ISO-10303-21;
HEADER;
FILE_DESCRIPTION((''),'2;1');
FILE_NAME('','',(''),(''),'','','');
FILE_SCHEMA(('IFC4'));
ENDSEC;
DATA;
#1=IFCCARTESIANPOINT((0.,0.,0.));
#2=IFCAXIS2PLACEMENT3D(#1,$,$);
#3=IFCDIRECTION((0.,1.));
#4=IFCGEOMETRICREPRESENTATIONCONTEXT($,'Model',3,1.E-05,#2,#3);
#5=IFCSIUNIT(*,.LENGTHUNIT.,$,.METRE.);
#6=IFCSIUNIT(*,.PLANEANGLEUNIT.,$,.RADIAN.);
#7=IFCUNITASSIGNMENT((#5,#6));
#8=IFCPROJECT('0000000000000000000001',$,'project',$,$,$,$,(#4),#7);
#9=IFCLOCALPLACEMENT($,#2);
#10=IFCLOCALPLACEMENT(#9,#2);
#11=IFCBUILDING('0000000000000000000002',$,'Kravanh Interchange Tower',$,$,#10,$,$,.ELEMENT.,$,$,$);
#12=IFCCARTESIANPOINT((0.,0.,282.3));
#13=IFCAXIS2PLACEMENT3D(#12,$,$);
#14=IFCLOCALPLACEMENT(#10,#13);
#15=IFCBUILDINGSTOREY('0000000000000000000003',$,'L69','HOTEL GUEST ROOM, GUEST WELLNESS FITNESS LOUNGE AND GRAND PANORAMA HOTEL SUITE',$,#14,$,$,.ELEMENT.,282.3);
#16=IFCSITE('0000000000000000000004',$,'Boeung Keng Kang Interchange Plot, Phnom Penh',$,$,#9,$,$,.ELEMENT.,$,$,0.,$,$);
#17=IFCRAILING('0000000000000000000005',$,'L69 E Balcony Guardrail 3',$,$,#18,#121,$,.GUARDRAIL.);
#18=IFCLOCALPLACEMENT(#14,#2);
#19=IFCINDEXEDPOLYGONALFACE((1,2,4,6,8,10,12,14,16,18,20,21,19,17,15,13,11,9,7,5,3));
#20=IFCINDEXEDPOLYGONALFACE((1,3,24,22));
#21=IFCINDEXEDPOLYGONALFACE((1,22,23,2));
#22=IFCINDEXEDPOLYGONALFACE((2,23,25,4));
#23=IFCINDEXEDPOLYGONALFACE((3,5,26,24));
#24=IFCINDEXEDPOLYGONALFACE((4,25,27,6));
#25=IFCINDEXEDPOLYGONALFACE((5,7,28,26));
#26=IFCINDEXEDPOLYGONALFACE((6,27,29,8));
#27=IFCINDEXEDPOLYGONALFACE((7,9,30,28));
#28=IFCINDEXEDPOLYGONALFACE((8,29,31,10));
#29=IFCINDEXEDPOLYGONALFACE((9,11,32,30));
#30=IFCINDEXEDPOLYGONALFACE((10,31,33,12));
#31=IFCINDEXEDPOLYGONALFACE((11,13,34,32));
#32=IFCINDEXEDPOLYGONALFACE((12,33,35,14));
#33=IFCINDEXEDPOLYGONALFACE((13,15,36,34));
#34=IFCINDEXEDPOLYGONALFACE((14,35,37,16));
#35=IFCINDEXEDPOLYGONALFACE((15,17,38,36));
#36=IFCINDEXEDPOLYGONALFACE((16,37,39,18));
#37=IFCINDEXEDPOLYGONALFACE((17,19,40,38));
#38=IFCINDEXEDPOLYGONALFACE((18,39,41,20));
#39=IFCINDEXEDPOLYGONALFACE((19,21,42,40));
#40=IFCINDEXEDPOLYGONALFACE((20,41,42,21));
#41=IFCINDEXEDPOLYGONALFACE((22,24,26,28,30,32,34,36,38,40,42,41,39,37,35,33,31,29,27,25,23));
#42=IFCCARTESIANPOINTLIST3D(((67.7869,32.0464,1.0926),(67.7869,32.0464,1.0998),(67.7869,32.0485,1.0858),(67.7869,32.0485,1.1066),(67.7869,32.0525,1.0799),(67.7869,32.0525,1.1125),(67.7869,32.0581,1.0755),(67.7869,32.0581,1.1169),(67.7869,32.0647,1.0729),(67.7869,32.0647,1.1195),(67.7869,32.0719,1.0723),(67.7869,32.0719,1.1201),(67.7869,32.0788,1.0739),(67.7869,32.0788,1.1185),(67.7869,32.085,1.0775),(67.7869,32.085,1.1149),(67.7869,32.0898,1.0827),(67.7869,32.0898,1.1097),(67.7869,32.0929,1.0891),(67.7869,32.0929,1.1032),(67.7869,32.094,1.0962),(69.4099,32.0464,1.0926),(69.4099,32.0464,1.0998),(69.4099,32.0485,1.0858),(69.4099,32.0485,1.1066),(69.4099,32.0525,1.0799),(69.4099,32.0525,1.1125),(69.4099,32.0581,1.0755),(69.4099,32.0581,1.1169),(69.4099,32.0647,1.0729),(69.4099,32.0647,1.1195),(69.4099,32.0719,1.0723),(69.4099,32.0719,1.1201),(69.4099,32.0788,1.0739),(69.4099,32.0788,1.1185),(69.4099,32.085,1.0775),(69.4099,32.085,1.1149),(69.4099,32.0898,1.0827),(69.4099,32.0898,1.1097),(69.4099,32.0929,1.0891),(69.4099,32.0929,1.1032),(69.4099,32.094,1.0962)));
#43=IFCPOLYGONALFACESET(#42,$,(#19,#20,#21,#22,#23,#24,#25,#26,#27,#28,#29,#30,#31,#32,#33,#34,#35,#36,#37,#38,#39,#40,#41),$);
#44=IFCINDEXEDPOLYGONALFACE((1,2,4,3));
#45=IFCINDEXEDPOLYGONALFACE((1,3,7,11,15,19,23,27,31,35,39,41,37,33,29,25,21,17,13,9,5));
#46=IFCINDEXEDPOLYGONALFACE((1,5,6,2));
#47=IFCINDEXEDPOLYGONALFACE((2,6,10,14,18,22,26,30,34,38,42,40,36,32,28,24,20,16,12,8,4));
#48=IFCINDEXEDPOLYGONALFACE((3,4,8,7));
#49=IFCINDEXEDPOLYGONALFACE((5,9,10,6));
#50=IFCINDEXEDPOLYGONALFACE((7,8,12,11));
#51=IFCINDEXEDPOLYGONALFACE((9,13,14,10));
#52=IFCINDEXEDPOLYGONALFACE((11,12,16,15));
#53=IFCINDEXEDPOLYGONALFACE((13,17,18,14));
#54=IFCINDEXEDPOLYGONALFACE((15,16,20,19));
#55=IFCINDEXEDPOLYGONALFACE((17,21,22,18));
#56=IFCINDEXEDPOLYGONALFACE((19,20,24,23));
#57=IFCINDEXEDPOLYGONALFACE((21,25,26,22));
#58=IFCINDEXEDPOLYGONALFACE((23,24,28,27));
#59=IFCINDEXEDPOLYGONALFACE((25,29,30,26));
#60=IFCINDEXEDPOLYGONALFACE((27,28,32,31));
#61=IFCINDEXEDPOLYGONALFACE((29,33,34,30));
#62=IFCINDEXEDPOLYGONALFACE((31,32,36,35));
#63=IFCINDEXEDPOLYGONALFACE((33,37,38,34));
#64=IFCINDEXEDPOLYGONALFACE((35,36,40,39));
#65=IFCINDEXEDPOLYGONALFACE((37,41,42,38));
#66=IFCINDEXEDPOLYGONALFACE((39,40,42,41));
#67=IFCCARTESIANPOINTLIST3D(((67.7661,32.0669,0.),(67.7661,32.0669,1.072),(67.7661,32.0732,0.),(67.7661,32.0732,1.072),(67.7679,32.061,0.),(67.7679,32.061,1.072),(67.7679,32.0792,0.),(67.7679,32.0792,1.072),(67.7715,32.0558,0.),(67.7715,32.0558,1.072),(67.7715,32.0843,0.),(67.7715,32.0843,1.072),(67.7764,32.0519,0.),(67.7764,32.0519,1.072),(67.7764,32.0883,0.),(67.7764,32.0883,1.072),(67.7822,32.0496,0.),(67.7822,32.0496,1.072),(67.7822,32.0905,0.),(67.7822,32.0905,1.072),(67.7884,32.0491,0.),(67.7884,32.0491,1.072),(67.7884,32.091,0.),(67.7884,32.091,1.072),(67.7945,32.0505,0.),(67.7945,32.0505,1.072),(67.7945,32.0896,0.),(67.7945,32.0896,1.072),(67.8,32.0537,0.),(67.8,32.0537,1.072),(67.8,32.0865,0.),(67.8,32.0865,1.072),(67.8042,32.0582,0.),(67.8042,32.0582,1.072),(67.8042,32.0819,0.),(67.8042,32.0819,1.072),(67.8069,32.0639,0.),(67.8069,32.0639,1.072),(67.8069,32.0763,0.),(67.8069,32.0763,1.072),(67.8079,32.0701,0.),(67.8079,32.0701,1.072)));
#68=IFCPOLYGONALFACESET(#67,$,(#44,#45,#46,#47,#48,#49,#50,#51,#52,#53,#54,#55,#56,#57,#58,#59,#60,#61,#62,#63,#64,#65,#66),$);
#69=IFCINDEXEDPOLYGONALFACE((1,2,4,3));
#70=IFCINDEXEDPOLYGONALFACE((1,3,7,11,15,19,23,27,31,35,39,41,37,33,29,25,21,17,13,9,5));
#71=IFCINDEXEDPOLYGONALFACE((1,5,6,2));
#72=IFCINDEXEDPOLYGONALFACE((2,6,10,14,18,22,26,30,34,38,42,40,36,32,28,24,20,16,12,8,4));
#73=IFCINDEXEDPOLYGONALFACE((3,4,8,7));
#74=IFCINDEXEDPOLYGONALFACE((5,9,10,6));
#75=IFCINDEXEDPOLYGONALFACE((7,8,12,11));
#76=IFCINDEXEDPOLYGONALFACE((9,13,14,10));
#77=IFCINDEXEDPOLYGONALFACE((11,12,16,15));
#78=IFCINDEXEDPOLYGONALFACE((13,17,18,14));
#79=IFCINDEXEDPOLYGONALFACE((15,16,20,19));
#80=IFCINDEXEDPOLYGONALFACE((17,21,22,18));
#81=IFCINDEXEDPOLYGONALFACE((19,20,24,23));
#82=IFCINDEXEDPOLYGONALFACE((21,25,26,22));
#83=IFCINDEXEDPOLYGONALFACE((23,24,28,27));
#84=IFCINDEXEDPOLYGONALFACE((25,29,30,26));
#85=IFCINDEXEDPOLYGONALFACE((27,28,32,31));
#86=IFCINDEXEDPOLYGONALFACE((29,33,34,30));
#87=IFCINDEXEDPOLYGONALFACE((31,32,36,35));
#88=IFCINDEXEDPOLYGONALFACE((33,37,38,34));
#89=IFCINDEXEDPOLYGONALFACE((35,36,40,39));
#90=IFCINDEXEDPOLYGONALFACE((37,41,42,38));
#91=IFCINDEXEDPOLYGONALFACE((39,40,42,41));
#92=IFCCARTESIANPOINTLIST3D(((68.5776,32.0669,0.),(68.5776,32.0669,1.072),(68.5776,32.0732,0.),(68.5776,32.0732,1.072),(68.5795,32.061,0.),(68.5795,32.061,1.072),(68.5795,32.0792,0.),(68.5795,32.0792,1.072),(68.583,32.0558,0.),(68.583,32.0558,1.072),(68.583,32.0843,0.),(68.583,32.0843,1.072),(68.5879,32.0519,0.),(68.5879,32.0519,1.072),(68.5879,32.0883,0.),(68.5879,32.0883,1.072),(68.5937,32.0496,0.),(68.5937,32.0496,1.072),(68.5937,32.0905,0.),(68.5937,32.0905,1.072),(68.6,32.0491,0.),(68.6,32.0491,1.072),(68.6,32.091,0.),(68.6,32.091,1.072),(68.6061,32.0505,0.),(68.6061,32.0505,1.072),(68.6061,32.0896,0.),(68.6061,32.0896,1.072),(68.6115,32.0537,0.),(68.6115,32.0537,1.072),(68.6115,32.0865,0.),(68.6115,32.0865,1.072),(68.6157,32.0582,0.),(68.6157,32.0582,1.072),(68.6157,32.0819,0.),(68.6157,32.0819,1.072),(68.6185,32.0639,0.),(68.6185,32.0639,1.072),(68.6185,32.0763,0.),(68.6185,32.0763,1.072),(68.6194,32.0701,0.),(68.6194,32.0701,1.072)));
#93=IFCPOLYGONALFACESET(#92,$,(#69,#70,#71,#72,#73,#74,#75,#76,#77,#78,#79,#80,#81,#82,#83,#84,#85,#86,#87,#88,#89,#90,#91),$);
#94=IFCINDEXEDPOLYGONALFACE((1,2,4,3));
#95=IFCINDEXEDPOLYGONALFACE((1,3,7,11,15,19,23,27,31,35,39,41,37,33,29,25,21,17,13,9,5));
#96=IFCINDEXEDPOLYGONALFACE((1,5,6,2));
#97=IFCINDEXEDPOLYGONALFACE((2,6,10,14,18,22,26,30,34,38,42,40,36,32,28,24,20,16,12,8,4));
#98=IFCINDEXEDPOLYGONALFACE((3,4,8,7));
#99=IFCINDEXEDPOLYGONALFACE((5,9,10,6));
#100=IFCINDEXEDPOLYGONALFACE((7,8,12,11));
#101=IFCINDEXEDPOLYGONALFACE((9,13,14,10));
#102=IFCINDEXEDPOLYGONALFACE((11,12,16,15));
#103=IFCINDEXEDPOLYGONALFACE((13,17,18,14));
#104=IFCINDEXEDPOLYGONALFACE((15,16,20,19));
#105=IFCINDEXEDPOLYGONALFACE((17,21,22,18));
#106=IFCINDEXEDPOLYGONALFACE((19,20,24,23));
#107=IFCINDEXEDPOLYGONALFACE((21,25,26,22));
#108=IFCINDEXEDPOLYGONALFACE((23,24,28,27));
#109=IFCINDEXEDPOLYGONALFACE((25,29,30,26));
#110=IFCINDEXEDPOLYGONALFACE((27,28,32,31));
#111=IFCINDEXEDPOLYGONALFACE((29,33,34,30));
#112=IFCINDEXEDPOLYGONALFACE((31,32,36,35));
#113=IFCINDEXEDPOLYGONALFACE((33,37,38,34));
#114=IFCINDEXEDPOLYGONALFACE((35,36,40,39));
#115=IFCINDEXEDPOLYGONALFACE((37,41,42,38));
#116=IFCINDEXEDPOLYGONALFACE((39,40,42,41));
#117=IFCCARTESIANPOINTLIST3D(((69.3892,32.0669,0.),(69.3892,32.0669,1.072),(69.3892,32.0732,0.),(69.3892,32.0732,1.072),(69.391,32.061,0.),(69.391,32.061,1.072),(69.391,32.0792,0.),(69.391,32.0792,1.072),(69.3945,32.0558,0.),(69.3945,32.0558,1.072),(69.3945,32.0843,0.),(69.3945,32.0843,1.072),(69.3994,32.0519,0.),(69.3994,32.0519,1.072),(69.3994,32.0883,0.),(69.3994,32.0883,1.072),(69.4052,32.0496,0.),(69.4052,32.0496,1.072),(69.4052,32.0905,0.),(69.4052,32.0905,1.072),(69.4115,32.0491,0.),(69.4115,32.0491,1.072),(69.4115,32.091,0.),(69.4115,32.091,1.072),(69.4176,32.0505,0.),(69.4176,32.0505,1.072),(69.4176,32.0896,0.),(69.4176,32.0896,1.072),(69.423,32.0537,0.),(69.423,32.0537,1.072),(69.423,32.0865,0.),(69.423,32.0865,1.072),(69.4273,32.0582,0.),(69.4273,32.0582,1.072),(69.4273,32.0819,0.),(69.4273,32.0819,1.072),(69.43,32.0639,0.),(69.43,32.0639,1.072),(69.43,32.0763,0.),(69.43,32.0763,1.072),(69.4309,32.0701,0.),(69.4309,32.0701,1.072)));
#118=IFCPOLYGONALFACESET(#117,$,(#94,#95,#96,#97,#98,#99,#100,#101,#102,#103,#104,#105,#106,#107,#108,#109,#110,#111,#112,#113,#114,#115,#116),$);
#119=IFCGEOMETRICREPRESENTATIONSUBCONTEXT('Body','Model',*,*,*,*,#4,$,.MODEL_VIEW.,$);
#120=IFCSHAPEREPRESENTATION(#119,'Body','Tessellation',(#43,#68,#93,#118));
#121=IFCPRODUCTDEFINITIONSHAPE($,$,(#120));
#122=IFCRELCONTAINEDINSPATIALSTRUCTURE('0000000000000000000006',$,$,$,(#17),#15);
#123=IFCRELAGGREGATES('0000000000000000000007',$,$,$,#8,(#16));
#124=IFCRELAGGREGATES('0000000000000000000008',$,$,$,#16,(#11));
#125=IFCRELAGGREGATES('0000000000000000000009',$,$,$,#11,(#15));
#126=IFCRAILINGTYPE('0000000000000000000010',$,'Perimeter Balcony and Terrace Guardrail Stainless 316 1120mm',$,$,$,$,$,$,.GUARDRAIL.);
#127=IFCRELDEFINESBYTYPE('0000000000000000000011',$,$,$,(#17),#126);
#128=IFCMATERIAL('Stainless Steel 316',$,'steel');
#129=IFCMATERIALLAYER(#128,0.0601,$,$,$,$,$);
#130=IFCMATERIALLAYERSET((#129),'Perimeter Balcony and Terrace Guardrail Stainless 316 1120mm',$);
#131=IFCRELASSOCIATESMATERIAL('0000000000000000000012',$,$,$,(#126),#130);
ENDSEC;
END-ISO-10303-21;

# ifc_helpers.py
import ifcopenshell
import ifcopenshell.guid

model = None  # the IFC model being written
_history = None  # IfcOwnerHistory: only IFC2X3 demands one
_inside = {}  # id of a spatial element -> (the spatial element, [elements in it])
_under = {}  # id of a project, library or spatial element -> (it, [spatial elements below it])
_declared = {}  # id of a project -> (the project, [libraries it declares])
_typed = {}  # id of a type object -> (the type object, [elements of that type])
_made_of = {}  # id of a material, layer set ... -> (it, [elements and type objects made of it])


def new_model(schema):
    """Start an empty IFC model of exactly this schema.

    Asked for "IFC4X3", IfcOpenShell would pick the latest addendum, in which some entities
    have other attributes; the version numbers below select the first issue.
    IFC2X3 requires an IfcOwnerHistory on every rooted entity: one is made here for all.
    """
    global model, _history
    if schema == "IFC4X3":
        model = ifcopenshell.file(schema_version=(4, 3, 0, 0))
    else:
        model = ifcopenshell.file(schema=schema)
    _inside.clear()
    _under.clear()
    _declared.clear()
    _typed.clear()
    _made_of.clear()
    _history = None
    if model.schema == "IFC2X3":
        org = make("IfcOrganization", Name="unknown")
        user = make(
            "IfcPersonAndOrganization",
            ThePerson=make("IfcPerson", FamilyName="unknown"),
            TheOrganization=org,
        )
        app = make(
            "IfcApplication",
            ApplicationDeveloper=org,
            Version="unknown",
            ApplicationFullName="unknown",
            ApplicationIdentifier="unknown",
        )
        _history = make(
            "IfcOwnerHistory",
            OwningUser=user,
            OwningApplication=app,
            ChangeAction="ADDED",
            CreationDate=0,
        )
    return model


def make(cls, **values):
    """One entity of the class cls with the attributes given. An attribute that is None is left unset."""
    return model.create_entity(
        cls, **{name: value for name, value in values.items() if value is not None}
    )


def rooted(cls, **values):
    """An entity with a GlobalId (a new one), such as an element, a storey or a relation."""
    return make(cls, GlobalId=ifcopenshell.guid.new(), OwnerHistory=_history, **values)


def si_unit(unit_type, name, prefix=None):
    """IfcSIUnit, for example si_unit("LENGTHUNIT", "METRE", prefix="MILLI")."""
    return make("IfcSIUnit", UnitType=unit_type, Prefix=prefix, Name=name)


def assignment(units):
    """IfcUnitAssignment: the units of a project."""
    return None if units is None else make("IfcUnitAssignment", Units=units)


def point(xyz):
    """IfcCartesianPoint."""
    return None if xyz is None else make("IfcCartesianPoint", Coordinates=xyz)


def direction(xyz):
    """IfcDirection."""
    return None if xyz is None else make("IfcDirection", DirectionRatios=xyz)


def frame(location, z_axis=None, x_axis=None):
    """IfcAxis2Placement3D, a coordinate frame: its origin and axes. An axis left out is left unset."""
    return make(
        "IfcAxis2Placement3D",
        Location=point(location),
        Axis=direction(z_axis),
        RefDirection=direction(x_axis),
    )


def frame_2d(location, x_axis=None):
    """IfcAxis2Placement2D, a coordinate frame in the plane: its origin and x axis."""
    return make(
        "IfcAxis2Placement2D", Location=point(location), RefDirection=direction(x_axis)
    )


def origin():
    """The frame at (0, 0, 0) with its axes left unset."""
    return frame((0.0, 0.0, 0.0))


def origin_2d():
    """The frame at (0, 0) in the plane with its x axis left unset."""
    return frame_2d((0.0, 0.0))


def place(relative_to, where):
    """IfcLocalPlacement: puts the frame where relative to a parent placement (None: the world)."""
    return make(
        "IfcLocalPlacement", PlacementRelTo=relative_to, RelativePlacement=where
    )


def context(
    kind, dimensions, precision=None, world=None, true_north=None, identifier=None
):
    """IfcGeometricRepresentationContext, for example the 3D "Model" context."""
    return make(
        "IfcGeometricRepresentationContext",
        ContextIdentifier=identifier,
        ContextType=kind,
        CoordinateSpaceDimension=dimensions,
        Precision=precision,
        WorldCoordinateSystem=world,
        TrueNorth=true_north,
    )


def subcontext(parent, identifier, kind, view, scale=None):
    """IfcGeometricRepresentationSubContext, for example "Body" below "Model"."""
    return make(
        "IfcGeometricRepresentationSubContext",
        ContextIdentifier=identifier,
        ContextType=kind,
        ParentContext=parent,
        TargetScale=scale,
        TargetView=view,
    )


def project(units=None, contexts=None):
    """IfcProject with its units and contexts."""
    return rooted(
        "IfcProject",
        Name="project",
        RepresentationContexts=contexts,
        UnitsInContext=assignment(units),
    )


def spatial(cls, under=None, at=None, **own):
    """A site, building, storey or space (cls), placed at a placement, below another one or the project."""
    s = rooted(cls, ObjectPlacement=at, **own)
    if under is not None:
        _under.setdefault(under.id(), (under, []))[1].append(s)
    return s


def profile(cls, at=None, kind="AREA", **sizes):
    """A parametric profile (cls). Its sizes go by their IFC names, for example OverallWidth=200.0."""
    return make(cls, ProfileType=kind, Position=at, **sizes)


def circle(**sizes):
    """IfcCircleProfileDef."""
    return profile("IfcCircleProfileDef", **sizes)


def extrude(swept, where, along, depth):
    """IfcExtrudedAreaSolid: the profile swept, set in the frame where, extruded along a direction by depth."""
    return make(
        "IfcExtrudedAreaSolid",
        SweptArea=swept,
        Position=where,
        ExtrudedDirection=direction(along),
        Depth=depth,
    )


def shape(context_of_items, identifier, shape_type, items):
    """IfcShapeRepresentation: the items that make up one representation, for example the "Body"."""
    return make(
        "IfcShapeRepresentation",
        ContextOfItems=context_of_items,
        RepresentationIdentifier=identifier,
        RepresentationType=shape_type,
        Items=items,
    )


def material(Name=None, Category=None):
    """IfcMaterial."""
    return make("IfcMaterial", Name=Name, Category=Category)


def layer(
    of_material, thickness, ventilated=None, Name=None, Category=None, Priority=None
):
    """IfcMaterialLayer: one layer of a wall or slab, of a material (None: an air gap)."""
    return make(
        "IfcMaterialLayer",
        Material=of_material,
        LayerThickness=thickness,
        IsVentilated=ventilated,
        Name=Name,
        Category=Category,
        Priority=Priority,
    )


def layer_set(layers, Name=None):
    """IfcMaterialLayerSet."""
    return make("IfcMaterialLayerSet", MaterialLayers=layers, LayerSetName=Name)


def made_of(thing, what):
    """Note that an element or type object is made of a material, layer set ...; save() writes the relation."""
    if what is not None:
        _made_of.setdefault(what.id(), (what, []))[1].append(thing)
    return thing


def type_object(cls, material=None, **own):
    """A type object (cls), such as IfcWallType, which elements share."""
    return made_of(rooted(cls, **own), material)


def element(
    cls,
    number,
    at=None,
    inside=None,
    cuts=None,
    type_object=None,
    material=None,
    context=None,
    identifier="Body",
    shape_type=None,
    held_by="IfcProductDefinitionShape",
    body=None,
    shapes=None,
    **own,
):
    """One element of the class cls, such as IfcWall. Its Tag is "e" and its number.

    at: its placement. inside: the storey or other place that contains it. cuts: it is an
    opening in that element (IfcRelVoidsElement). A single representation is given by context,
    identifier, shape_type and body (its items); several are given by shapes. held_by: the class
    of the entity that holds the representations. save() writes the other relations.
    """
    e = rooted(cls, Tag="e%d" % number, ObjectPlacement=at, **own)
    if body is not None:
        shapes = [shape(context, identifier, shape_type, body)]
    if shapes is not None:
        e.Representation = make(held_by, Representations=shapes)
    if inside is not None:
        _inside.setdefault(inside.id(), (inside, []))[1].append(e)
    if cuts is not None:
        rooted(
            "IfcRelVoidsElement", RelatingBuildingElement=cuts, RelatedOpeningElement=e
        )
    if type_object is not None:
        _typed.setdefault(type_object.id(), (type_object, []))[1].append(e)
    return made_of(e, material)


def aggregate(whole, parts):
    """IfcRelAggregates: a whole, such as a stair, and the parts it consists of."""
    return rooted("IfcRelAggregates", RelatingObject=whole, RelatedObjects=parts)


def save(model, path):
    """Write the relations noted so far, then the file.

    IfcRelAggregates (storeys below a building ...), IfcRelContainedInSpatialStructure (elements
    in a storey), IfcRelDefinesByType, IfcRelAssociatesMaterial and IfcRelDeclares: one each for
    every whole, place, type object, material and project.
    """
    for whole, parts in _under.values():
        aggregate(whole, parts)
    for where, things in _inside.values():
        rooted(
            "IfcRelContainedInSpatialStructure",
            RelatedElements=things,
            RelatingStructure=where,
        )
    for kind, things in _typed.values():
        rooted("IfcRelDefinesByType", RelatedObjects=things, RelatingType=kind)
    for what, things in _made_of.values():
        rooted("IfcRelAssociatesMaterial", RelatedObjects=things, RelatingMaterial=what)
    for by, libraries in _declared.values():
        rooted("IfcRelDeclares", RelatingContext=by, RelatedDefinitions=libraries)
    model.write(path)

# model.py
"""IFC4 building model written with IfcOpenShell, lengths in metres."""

from ifc_helpers import new_model, si_unit, direction, frame, origin, origin_2d, place, context, subcontext, project, spatial, circle, extrude, material, layer, layer_set, type_object, element, save


model = new_model("IFC4")

# Units and contexts
model_context = context("Model", 3, precision=1e-05, world=origin(), true_north=direction((0.0, 1.0)))
body_context = subcontext(model_context, "Body", "Model", "MODEL_VIEW")
ifc_project = project(units=[si_unit("LENGTHUNIT", "METRE"), si_unit("PLANEANGLEUNIT", "RADIAN")], contexts=[model_context])

# Site, building, storey
site_placement = place(None, origin())
site = spatial("IfcSite", under=ifc_project, at=site_placement, Name="Boeung Keng Kang Interchange Plot, Phnom Penh", CompositionType="ELEMENT", RefElevation=0.0)
building_placement = place(site_placement, origin())
building = spatial("IfcBuilding", under=site, at=building_placement, Name="Kravanh Interchange Tower", CompositionType="ELEMENT")
storey_placement = place(building_placement, frame((0.0, 0.0, 282.3)))
storey = spatial("IfcBuildingStorey", under=building, at=storey_placement, Name="L69", Description="HOTEL GUEST ROOM, GUEST WELLNESS FITNESS LOUNGE AND GRAND PANORAMA HOTEL SUITE", CompositionType="ELEMENT", Elevation=282.3)

# Railing
ifc_material_1 = material(Name="Stainless Steel 316", Category="steel")
ifc_layer_1 = layer(ifc_material_1, 0.0601)
ifc_layer_set_1 = layer_set([ifc_layer_1], Name="Perimeter Balcony and Terrace Guardrail Stainless 316 1120mm")
railing_type_1 = type_object("IfcRailingType", Name="Perimeter Balcony and Terrace Guardrail Stainless 316 1120mm", PredefinedType="GUARDRAIL", material=ifc_layer_set_1)
railing_1_placement = place(storey_placement, frame((67.7869, 32.0701, 0.0)))
element("IfcRailing", 1, at=railing_1_placement, inside=storey, type_object=railing_type_1, Name="L69 E Balcony Guardrail 3", PredefinedType="GUARDRAIL", context=body_context, shape_type="SweptSolid", body=[
    extrude(circle(Radius=0.0239, at=origin_2d()), frame((0.0, 0.0, 1.0962), z_axis=(1.0, 0.0, 0.0), x_axis=(0.0, 1.0, 0.0)), (0.0, 0.0, 1.0), 1.623),
    extrude(circle(Radius=0.021, at=origin_2d()), origin(), (0.0, 0.0, 1.0), 1.072),
    extrude(circle(Radius=0.021, at=origin_2d()), frame((0.8115, 0.0, 0.0)), (0.0, 0.0, 1.0), 1.072),
    extrude(circle(Radius=0.021, at=origin_2d()), frame((1.623, 0.0, 0.0)), (0.0, 0.0, 1.0), 1.072),
])

save(model, "model.ifc")
